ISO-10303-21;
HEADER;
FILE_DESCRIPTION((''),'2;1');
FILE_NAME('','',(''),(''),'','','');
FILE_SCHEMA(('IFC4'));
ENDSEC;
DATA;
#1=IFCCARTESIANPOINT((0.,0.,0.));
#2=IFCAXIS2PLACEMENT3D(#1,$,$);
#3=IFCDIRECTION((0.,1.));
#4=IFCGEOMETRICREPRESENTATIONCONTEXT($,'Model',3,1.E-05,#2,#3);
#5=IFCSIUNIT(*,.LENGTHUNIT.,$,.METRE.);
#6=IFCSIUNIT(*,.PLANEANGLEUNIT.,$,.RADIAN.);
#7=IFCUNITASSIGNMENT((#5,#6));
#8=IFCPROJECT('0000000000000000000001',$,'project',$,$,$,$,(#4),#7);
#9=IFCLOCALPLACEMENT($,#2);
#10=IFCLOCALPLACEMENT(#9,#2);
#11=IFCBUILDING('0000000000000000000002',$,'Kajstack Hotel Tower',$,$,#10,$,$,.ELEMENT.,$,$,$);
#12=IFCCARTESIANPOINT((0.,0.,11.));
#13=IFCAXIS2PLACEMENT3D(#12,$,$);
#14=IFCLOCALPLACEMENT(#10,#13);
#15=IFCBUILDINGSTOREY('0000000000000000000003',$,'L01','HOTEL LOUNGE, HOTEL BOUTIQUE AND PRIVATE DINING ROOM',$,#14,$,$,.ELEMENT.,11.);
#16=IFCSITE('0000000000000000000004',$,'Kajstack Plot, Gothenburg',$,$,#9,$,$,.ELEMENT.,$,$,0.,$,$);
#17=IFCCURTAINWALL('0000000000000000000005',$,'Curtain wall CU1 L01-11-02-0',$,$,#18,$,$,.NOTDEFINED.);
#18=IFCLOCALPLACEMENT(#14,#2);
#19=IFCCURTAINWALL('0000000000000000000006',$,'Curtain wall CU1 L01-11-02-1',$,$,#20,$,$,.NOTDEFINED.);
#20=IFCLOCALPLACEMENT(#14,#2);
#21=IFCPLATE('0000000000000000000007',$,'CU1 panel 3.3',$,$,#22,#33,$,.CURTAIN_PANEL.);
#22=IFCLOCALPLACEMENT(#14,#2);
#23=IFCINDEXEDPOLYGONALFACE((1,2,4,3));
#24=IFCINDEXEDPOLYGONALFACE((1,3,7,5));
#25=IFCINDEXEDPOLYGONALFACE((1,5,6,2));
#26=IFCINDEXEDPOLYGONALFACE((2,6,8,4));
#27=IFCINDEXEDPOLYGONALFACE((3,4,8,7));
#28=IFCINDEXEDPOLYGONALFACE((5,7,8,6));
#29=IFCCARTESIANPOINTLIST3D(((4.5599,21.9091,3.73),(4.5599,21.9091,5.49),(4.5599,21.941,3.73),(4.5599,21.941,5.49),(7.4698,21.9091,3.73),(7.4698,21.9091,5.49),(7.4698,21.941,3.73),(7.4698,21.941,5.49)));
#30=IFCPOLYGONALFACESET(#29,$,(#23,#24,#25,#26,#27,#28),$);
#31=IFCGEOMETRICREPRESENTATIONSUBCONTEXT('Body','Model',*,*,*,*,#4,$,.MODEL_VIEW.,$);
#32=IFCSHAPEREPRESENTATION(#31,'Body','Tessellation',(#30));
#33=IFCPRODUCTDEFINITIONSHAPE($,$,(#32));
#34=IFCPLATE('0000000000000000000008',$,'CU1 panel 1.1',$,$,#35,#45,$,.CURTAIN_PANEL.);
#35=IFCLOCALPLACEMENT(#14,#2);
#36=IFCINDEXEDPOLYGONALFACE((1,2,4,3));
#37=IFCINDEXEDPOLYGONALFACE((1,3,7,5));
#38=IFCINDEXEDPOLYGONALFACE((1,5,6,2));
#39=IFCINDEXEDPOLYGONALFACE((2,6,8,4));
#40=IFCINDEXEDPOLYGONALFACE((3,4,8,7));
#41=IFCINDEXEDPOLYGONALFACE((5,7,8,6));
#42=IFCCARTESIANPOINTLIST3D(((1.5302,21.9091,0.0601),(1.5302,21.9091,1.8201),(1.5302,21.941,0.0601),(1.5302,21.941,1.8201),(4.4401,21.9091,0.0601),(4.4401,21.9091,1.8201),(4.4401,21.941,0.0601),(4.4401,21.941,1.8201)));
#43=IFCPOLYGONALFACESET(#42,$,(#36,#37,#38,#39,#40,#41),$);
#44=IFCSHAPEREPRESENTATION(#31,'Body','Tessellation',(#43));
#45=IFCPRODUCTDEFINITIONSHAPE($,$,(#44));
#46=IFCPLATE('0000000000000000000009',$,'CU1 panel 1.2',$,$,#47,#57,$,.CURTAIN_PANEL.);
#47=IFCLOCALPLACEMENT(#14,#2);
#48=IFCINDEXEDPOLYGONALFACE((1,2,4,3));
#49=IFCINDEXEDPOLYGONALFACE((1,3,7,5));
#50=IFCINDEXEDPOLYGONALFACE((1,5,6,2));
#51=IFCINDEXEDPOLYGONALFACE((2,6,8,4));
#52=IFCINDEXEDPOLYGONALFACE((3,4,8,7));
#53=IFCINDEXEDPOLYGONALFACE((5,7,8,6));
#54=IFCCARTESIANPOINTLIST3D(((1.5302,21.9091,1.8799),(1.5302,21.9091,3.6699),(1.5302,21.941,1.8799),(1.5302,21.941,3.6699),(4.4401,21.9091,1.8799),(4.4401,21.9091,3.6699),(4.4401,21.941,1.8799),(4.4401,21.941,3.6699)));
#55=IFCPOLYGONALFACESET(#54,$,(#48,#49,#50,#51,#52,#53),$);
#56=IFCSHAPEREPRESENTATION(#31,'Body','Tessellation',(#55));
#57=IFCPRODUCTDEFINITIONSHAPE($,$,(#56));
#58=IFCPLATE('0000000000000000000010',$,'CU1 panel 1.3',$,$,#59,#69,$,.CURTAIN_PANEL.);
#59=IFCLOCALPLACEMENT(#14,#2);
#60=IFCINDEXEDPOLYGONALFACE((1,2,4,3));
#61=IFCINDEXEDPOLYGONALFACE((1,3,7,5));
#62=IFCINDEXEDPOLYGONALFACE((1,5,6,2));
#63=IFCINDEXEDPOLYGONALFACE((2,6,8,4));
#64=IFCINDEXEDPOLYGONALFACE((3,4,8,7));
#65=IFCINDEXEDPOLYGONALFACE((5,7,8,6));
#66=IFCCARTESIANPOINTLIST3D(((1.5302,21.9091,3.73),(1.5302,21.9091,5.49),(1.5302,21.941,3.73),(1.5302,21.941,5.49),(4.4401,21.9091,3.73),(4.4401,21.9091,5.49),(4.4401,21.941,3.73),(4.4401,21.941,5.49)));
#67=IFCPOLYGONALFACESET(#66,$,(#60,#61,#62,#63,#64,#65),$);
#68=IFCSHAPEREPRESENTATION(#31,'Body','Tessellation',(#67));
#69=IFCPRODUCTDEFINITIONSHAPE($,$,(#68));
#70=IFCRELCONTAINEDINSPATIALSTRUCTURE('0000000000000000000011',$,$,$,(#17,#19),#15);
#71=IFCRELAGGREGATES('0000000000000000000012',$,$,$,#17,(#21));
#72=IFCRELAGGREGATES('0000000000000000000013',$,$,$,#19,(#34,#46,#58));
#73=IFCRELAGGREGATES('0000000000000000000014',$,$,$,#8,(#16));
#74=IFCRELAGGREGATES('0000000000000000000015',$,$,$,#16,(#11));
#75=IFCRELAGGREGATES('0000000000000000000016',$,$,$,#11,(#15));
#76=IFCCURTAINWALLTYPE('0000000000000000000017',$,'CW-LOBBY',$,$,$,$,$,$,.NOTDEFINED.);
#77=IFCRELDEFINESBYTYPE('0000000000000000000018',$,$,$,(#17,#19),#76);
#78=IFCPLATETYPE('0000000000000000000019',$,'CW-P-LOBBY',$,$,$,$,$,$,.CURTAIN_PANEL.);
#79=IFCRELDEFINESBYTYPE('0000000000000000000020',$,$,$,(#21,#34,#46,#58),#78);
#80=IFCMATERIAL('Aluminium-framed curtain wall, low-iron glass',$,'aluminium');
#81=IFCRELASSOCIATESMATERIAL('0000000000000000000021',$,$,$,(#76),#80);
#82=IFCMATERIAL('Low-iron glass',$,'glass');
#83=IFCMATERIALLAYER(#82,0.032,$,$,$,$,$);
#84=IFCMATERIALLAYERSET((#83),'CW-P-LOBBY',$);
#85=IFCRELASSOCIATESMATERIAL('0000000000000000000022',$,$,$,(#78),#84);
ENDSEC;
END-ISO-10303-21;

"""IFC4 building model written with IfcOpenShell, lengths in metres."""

from ifc_helpers import new_model, si_unit, direction, frame, origin, origin_2d, place, context, subcontext, project, spatial, rectangle, extrude, material, layer, layer_set, type_object, element, aggregate, save


model = new_model("IFC4")

# Units and contexts
model_context = context("Model", 3, precision=1e-05, world=origin(), true_north=direction((0.0, 1.0)))
body_context = subcontext(model_context, "Body", "Model", "MODEL_VIEW")
ifc_project = project(units=[si_unit("LENGTHUNIT", "METRE"), si_unit("PLANEANGLEUNIT", "RADIAN")], contexts=[model_context])

# Site, building, storey
site_placement = place(None, origin())
site = spatial("IfcSite", under=ifc_project, at=site_placement, Name="Kajstack Plot, Gothenburg", CompositionType="ELEMENT", RefElevation=0.0)
building_placement = place(site_placement, origin())
building = spatial("IfcBuilding", under=site, at=building_placement, Name="Kajstack Hotel Tower", CompositionType="ELEMENT")
storey_placement = place(building_placement, frame((0.0, 0.0, 11.0)))
storey = spatial("IfcBuildingStorey", under=building, at=storey_placement, Name="L01", Description="HOTEL LOUNGE, HOTEL BOUTIQUE AND PRIVATE DINING ROOM", CompositionType="ELEMENT", Elevation=11.0)

# Curtain walls
ifc_material_1 = material(Name="Aluminium-framed curtain wall, low-iron glass", Category="aluminium")
curtain_wall_type = type_object("IfcCurtainWallType", Name="CW-LOBBY", PredefinedType="NOTDEFINED", material=ifc_material_1)
curtain_wall_1_placement = place(storey_placement, origin())
curtain_wall_1 = element("IfcCurtainWall", 1, at=curtain_wall_1_placement, inside=storey, type_object=curtain_wall_type, Name="Curtain wall CU1 L01-11-02-0", PredefinedType="NOTDEFINED")
curtain_wall_2_placement = place(storey_placement, origin())
curtain_wall_2 = element("IfcCurtainWall", 2, at=curtain_wall_2_placement, inside=storey, type_object=curtain_wall_type, Name="Curtain wall CU1 L01-11-02-1", PredefinedType="NOTDEFINED")

# Plates
ifc_material_2 = material(Name="Low-iron glass", Category="glass")
ifc_layer = layer(ifc_material_2, 0.032)
ifc_layer_set = layer_set([ifc_layer], Name="CW-P-LOBBY")
plate_type = type_object("IfcPlateType", Name="CW-P-LOBBY", PredefinedType="CURTAIN_PANEL", material=ifc_layer_set)
plate_1_placement = place(storey_placement, frame((6.0149, 21.925, 3.73), z_axis=(0.0, 0.0, 1.0), x_axis=(-1.0, 0.0, 0.0)))
plate_1 = element("IfcPlate", 3, at=plate_1_placement, type_object=plate_type, Name="CU1 panel 3.3", PredefinedType="CURTAIN_PANEL", context=body_context, shape_type="SweptSolid", body=[
    extrude(rectangle(XDim=2.9099, YDim=0.032, at=origin_2d()), origin(), (0.0, 0.0, 1.0), 1.76),
])
aggregate(curtain_wall_1, [plate_1])
plate_2_placement = place(storey_placement, frame((2.9851, 21.925, 0.0601), z_axis=(0.0, 0.0, 1.0), x_axis=(-1.0, 0.0, 0.0)))
plate_2 = element("IfcPlate", 4, at=plate_2_placement, type_object=plate_type, Name="CU1 panel 1.1", PredefinedType="CURTAIN_PANEL", context=body_context, shape_type="SweptSolid", body=[
    extrude(rectangle(XDim=2.9099, YDim=0.032, at=origin_2d()), origin(), (0.0, 0.0, 1.0), 1.76),
])
plate_3_placement = place(storey_placement, frame((2.9851, 21.925, 1.8799), z_axis=(0.0, 0.0, 1.0), x_axis=(-1.0, 0.0, 0.0)))
plate_3 = element("IfcPlate", 5, at=plate_3_placement, type_object=plate_type, Name="CU1 panel 1.2", PredefinedType="CURTAIN_PANEL", context=body_context, shape_type="SweptSolid", body=[
    extrude(rectangle(XDim=2.9099, YDim=0.032, at=origin_2d()), origin(), (0.0, 0.0, 1.0), 1.79),
])
plate_4_placement = place(storey_placement, frame((2.9851, 21.925, 3.73), z_axis=(0.0, 0.0, 1.0), x_axis=(-1.0, 0.0, 0.0)))
plate_4 = element("IfcPlate", 6, at=plate_4_placement, type_object=plate_type, Name="CU1 panel 1.3", PredefinedType="CURTAIN_PANEL", context=body_context, shape_type="SweptSolid", body=[
    extrude(rectangle(XDim=2.9099, YDim=0.032, at=origin_2d()), origin(), (0.0, 0.0, 1.0), 1.76),
])
aggregate(curtain_wall_2, [plate_2, plate_3, plate_4])

save(model, "model.ifc")
